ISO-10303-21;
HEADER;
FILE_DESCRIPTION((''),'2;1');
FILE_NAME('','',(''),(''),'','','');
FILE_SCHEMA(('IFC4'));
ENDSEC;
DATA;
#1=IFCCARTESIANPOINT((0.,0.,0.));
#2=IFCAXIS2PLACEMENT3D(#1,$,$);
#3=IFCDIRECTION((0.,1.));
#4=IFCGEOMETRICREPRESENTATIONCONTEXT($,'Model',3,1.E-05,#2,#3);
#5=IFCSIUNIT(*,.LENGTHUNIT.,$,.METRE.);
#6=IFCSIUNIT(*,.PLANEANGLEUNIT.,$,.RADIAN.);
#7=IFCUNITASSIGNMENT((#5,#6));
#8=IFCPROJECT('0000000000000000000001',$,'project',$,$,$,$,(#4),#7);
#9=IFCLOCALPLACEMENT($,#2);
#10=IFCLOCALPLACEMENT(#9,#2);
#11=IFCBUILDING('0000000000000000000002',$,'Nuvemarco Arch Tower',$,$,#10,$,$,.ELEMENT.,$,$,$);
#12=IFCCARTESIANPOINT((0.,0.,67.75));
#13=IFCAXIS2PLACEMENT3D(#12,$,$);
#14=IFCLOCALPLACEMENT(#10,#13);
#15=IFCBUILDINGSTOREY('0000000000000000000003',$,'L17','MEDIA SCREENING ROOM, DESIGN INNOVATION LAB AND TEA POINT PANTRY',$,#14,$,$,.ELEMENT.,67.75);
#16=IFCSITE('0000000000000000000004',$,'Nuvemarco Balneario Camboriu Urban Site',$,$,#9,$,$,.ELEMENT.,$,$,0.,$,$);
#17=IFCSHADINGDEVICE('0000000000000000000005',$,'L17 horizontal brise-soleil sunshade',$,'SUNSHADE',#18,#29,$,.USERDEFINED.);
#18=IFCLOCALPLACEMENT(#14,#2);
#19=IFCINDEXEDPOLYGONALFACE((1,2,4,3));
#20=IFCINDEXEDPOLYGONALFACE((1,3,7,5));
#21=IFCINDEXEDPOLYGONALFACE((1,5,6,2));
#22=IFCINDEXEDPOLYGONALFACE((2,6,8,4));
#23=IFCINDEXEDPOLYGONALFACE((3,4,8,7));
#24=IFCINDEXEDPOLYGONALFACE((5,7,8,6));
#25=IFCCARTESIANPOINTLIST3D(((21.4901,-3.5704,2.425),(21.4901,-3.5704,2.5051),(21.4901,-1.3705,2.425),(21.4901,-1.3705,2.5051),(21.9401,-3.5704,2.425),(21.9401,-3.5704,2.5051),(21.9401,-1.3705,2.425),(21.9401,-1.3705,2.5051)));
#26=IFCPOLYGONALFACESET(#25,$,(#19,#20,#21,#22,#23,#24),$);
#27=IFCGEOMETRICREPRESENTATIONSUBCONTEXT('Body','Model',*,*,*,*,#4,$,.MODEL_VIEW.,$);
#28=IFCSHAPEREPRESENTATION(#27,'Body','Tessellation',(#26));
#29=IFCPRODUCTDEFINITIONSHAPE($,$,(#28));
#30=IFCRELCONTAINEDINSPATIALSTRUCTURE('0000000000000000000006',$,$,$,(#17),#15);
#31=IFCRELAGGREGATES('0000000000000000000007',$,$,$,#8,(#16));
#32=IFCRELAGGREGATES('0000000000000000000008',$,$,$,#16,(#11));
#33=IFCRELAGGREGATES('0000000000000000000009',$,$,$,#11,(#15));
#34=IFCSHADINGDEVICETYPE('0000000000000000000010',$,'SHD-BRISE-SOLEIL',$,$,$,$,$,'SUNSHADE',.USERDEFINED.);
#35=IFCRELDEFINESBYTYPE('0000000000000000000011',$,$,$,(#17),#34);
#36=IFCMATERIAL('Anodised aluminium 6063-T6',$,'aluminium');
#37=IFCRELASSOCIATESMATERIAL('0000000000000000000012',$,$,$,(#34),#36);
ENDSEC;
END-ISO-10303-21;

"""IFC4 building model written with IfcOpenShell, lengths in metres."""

from ifc_helpers import new_model, si_unit, direction, frame, origin, origin_2d, place, context, subcontext, project, spatial, rectangle, extrude, source, transform, mapped, material, type_object, type_shapes, element, save


model = new_model("IFC4")

# Units and contexts
model_context = context("Model", 3, precision=1e-05, world=origin(), true_north=direction((0.0, 1.0)))
body_context = subcontext(model_context, "Body", "Model", "MODEL_VIEW")
ifc_project = project(units=[si_unit("LENGTHUNIT", "METRE"), si_unit("PLANEANGLEUNIT", "RADIAN")], contexts=[model_context])

# Site, building, storey
site_placement = place(None, origin())
site = spatial("IfcSite", under=ifc_project, at=site_placement, Name="Nuvemarco Balneario Camboriu Urban Site", CompositionType="ELEMENT", RefElevation=0.0)
building_placement = place(site_placement, origin())
building = spatial("IfcBuilding", under=site, at=building_placement, Name="Nuvemarco Arch Tower", CompositionType="ELEMENT")
storey_placement = place(building_placement, frame((0.0, 0.0, 67.75)))
storey = spatial("IfcBuildingStorey", under=building, at=storey_placement, Name="L17", Description="MEDIA SCREENING ROOM, DESIGN INNOVATION LAB AND TEA POINT PANTRY", CompositionType="ELEMENT", Elevation=67.75)

# Shading device
ifc_material_1 = material(Name="Anodised aluminium 6063-T6", Category="aluminium")
shading_device_type = type_object("IfcShadingDeviceType", Name="SHD-BRISE-SOLEIL", ElementType="SUNSHADE", PredefinedType="USERDEFINED", material=ifc_material_1)
shared_shape_1 = source(origin(), body_context, "Body", "SweptSolid", [
    extrude(rectangle(XDim=2.2, YDim=0.45, at=origin_2d()), origin(), (0.0, 0.0, 1.0), 0.0801),
])
type_shapes(shading_device_type, [shared_shape_1])
for number, where, z_axis, x_axis, name in (
    (1, (21.7151, -2.4705, 2.425), (0.0, 0.0, 1.0), (0.0, 1.0, 0.0), "L17 horizontal brise-soleil sunshade"),
):
    element("IfcShadingDevice", number, at=place(storey_placement, frame(where, z_axis=z_axis, x_axis=x_axis)), inside=storey, type_object=shading_device_type, Name=name, ObjectType="SUNSHADE", PredefinedType="USERDEFINED", context=body_context, shape_type="MappedRepresentation", body=[
        mapped(shared_shape_1, transform((0.0, 0.0, 0.0), scale=1.0)),
    ])

save(model, "model.ifc")
